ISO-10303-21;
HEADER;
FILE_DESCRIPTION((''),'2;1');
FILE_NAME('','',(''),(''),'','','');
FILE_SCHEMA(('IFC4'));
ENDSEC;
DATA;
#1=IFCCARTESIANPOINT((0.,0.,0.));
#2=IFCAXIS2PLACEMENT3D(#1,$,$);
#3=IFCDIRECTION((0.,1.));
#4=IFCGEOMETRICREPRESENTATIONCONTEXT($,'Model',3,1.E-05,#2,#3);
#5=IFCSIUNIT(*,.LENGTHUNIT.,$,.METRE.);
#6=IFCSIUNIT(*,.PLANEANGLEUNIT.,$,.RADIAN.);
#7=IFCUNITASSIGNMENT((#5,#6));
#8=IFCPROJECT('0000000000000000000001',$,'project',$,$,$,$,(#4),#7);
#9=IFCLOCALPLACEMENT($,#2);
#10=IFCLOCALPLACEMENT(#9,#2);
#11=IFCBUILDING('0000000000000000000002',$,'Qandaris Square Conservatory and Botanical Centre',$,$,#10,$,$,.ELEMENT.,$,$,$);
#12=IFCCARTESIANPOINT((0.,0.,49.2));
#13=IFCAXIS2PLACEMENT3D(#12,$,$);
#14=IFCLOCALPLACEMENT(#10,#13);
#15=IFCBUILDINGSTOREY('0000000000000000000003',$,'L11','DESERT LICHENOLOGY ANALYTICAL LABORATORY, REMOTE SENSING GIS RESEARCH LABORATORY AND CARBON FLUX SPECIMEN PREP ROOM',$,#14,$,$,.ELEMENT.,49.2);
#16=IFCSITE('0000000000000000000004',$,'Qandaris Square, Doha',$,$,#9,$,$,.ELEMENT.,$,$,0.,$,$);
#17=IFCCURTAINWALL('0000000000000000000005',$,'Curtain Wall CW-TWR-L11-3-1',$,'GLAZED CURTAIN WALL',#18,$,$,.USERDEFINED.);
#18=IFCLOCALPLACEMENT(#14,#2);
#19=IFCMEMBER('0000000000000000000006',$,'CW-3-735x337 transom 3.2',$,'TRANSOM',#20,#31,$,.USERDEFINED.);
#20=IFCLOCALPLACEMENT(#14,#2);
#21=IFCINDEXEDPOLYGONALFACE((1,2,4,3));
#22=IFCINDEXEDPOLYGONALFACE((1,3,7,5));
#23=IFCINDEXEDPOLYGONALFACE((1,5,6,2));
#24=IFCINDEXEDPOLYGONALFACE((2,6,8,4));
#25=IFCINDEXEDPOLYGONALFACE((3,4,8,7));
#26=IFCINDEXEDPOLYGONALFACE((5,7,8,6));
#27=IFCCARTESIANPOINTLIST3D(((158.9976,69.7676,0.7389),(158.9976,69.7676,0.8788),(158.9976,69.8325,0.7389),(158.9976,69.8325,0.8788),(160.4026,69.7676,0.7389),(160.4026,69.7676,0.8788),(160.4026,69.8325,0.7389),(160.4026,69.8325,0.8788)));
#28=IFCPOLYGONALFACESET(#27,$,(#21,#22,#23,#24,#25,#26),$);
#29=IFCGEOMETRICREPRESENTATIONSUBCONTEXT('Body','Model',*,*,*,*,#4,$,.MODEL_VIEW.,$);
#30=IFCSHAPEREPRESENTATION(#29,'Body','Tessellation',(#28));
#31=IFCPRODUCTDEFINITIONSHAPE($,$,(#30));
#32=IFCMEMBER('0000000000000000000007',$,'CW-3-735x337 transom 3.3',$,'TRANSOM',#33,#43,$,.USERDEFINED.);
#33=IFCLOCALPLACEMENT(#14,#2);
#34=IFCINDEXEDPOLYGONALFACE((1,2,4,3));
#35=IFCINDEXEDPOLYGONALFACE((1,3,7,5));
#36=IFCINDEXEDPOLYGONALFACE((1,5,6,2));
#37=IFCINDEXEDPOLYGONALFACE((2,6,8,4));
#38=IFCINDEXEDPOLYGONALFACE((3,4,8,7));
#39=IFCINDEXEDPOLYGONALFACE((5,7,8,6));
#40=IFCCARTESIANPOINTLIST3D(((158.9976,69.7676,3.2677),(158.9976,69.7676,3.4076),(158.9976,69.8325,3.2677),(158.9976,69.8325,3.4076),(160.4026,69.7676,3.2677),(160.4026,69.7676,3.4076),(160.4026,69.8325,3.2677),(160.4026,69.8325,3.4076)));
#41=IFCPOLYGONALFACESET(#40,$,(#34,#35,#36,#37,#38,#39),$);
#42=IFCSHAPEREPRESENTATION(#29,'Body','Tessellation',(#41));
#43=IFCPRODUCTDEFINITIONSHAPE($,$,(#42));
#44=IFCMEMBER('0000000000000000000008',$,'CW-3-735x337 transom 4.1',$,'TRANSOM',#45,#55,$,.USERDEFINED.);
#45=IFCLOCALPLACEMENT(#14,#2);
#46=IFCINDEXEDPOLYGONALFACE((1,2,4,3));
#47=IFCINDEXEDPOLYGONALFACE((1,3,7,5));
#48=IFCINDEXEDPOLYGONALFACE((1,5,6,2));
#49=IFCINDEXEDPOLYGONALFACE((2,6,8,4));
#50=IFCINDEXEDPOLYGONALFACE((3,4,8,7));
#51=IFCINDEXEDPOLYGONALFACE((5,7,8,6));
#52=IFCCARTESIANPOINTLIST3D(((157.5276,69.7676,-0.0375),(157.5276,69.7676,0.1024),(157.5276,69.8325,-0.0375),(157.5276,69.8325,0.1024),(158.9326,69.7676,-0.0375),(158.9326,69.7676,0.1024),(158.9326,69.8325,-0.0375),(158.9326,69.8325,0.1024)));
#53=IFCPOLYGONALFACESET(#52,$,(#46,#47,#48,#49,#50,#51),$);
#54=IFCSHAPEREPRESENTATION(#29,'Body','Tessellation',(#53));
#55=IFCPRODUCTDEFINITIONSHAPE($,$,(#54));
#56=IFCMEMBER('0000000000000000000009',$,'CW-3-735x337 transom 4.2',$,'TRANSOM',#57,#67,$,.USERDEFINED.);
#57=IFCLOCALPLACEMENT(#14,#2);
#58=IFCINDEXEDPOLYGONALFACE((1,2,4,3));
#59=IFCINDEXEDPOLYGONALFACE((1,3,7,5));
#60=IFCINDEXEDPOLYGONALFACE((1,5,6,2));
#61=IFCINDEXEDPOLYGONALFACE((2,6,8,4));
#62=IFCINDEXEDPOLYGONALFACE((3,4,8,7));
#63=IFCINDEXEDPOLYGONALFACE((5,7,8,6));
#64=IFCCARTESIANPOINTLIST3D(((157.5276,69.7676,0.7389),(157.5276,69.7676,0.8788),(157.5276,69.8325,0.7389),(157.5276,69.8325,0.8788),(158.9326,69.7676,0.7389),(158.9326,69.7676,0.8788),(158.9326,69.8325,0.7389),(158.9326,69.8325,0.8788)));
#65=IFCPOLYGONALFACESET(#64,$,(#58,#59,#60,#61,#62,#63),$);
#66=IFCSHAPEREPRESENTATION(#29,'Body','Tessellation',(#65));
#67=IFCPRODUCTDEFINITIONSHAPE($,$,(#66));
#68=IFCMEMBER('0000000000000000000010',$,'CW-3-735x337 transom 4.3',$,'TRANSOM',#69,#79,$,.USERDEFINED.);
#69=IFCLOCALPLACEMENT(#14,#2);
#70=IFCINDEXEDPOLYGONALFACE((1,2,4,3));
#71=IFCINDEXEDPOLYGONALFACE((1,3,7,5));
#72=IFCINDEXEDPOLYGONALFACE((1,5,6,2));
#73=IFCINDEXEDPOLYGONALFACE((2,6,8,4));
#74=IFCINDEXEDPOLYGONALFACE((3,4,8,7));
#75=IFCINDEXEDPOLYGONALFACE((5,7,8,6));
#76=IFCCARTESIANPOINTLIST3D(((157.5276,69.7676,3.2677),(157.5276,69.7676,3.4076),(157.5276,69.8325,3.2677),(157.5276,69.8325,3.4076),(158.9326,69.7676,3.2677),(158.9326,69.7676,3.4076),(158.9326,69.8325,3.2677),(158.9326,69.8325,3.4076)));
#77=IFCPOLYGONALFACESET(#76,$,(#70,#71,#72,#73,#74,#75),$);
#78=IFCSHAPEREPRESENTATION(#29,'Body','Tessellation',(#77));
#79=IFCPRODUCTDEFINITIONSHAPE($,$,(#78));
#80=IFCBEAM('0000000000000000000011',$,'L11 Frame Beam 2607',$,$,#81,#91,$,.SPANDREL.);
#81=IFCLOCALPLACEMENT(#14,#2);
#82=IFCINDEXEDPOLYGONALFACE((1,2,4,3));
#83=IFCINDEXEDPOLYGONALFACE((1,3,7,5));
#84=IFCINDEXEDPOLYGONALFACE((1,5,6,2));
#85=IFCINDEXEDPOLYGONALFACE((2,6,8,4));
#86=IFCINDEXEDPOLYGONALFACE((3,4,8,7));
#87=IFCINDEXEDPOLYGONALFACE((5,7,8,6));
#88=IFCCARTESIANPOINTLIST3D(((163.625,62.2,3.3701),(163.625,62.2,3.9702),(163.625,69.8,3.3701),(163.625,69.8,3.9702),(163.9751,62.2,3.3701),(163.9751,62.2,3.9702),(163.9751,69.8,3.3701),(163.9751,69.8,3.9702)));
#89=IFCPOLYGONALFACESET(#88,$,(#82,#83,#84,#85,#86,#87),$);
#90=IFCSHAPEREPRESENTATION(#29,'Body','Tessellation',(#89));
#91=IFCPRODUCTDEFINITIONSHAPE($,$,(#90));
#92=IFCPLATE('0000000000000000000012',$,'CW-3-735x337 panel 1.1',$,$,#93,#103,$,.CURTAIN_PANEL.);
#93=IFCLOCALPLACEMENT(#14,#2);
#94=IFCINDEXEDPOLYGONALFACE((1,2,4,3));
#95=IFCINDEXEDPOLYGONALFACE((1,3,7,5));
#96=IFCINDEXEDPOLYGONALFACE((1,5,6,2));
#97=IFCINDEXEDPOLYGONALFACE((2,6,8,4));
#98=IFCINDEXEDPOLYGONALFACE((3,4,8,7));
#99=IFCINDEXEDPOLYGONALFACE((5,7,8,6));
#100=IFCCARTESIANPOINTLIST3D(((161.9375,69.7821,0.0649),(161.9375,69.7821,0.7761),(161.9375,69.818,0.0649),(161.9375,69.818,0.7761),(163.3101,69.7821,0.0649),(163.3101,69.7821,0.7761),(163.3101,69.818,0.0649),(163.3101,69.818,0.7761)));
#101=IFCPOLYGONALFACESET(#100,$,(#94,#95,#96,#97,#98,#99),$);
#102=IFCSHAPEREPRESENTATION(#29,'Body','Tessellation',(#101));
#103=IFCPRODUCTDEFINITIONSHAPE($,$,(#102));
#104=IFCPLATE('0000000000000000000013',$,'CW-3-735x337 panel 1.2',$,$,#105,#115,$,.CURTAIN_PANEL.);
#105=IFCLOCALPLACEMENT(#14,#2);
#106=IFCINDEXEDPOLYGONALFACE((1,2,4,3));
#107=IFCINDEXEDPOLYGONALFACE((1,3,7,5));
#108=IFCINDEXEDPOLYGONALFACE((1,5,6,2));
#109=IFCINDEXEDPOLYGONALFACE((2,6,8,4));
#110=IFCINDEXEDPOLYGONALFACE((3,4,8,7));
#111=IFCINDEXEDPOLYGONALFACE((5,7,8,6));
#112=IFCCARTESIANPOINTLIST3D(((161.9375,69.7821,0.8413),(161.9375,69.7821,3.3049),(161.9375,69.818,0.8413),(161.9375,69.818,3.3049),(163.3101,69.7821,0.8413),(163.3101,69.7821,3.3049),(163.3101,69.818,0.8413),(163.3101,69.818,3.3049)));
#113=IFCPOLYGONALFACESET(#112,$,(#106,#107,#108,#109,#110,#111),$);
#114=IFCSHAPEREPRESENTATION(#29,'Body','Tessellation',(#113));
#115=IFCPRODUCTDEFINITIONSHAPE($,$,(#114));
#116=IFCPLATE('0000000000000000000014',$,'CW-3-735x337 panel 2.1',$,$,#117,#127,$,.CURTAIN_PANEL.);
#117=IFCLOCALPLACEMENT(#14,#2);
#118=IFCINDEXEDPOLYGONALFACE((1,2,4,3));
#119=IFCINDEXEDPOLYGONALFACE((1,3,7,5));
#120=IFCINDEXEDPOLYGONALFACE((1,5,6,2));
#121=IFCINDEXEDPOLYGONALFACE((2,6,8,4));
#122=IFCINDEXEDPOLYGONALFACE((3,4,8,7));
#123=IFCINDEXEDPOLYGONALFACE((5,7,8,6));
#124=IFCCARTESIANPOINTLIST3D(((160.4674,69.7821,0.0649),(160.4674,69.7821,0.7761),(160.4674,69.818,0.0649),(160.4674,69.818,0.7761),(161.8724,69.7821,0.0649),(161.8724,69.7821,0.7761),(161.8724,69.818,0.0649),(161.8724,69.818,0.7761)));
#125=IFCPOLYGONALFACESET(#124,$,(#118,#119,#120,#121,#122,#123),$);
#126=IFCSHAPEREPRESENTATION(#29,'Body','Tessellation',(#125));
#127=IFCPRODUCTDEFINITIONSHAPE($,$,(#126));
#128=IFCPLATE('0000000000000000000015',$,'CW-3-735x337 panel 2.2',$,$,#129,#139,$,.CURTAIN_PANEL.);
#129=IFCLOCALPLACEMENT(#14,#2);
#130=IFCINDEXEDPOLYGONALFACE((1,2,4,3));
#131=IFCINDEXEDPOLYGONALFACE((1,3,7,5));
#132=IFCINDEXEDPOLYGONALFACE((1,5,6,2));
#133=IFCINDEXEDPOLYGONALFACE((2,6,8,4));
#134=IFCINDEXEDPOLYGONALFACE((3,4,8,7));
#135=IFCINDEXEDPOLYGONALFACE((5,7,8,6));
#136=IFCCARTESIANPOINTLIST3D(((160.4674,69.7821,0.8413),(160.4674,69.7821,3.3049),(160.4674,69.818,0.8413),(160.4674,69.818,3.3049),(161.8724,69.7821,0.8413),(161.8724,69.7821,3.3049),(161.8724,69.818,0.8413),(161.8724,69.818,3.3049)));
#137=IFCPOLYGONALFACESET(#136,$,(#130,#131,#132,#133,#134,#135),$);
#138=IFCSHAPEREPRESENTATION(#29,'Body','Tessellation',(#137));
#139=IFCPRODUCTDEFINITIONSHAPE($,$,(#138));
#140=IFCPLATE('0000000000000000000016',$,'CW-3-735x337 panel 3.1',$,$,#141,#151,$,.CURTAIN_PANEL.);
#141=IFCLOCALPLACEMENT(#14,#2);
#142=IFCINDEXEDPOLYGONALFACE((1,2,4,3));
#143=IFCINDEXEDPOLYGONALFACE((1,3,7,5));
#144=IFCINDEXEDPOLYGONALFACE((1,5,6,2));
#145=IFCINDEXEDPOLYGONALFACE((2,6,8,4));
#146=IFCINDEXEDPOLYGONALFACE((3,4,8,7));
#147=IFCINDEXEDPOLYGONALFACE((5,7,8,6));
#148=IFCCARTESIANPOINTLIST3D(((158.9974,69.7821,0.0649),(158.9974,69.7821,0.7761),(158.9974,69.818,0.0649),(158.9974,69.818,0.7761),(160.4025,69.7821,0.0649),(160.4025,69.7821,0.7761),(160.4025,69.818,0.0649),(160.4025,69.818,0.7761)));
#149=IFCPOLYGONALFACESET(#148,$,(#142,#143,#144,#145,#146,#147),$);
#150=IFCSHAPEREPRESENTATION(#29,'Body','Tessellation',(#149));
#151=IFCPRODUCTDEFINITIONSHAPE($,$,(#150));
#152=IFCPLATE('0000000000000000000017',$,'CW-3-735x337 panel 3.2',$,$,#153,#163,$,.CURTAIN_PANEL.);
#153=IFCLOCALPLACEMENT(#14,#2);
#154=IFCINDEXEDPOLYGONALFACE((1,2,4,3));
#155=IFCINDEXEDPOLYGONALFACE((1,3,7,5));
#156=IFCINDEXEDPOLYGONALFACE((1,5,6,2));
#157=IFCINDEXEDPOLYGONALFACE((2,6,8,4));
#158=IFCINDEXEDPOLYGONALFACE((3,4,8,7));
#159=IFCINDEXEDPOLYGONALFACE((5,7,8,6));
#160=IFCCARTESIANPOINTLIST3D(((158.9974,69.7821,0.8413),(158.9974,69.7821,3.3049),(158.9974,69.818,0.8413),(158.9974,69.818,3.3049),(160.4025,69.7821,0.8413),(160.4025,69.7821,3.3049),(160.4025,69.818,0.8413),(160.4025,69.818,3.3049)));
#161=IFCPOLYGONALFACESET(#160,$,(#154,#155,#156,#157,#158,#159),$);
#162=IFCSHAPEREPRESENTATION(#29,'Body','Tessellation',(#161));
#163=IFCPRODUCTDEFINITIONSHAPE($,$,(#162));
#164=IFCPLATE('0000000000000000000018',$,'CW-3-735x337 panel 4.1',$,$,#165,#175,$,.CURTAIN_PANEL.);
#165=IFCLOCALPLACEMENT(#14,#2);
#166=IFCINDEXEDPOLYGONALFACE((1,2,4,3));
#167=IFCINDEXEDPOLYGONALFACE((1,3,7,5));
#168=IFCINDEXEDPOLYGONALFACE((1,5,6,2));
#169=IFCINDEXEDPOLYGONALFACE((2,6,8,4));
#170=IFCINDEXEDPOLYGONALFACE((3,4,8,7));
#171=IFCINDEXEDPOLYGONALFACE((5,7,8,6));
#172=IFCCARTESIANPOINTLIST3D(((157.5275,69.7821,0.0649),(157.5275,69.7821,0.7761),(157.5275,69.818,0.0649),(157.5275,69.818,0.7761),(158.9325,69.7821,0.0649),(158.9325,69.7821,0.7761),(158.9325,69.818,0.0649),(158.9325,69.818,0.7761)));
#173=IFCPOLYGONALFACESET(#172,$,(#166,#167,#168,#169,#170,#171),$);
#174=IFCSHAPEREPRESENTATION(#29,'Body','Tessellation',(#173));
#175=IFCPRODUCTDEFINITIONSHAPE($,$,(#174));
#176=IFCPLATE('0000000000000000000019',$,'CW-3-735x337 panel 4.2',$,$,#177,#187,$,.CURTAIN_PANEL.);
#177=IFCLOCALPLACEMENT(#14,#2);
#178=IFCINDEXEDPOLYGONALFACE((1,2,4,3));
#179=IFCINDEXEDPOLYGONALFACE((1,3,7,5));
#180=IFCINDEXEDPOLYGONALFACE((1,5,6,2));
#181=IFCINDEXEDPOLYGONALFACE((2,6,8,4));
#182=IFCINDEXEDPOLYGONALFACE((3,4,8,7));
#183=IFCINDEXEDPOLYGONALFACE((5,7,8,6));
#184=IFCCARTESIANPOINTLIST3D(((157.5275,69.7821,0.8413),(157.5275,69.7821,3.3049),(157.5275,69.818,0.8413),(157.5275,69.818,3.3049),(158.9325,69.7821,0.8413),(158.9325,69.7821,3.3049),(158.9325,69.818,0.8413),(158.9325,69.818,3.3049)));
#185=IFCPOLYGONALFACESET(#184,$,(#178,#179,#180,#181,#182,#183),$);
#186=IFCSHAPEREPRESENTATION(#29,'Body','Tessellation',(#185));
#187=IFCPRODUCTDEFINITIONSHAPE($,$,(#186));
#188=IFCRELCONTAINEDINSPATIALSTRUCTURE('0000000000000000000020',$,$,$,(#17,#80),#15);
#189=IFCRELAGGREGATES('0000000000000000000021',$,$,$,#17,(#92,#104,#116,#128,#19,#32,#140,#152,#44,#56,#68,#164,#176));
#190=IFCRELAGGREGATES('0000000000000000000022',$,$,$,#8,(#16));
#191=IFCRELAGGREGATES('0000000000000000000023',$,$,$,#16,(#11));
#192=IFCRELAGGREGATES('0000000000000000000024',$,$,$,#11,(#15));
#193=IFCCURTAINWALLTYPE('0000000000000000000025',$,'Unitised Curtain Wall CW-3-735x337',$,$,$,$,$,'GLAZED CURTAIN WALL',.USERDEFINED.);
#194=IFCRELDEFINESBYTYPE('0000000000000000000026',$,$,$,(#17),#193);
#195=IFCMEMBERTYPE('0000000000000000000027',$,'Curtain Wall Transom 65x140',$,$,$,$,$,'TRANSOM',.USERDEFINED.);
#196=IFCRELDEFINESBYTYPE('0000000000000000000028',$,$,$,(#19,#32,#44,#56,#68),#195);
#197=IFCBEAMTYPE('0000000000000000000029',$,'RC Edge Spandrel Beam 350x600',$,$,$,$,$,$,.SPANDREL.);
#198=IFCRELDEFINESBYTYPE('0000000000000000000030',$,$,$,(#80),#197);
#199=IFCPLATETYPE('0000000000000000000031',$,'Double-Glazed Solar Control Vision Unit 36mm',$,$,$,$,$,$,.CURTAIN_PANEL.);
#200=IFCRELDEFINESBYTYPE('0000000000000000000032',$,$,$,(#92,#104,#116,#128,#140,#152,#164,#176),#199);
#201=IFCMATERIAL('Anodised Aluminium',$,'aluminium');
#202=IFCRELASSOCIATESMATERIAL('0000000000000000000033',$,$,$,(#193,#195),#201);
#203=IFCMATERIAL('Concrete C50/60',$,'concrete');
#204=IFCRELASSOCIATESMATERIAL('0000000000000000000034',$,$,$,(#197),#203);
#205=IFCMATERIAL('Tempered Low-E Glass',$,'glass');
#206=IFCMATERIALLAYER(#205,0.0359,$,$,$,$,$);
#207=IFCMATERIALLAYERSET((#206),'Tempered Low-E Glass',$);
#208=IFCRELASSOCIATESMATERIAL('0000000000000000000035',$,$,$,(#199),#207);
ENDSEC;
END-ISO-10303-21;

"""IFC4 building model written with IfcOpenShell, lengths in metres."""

from ifc_helpers import new_model, si_unit, direction, frame, origin, origin_2d, place, context, subcontext, project, spatial, rectangle, extrude, material, layer, layer_set, material_profile, profile_set, type_object, element, aggregate, save


model = new_model("IFC4")

# Units and contexts
model_context = context("Model", 3, precision=1e-05, world=origin(), true_north=direction((0.0, 1.0)))
body_context = subcontext(model_context, "Body", "Model", "MODEL_VIEW")
ifc_project = project(units=[si_unit("LENGTHUNIT", "METRE"), si_unit("PLANEANGLEUNIT", "RADIAN")], contexts=[model_context])

# Site, building, storey
site_placement = place(None, origin())
site = spatial("IfcSite", under=ifc_project, at=site_placement, Name="Qandaris Square, Doha", CompositionType="ELEMENT", RefElevation=0.0)
building_placement = place(site_placement, origin())
building = spatial("IfcBuilding", under=site, at=building_placement, Name="Qandaris Square Conservatory and Botanical Centre", CompositionType="ELEMENT")
storey_placement = place(building_placement, frame((0.0, 0.0, 49.2)))
storey = spatial("IfcBuildingStorey", under=building, at=storey_placement, Name="L11", Description="DESERT LICHENOLOGY ANALYTICAL LABORATORY, REMOTE SENSING GIS RESEARCH LABORATORY AND CARBON FLUX SPECIMEN PREP ROOM", CompositionType="ELEMENT", Elevation=49.2)

# Shared definitions
ifc_material_1 = material(Name="Concrete C50/60", Category="concrete")

# Curtain wall, members
ifc_material_2 = material(Name="Anodised Aluminium", Category="aluminium")
curtain_wall_type = type_object("IfcCurtainWallType", Name="Unitised Curtain Wall CW-3-735x337", ElementType="GLAZED CURTAIN WALL", PredefinedType="USERDEFINED", material=ifc_material_2)
curtain_wall_placement = place(storey_placement, origin())
curtain_wall = element("IfcCurtainWall", 1, at=curtain_wall_placement, inside=storey, type_object=curtain_wall_type, Name="Curtain Wall CW-TWR-L11-3-1", ObjectType="GLAZED CURTAIN WALL", PredefinedType="USERDEFINED")
ifc_material_profile_1 = material_profile(ifc_material_2, rectangle(XDim=0.0649, YDim=0.1399, at=origin_2d()), Name="ALU-TRN 65x140")
ifc_profile_set_1 = profile_set([ifc_material_profile_1], Name="Anodised Aluminium")
member_type_1 = type_object("IfcMemberType", Name="Curtain Wall Transom 65x140", ElementType="TRANSOM", PredefinedType="USERDEFINED", material=ifc_profile_set_1)
member_1_placement = place(storey_placement, frame((160.4026, 69.8, 0.8088), z_axis=(-1.0, 0.0, 0.0), x_axis=(0.0, -1.0, 0.0)))
member_1 = element("IfcMember", 2, at=member_1_placement, type_object=member_type_1, Name="CW-3-735x337 transom 3.2", ObjectType="TRANSOM", PredefinedType="USERDEFINED", context=body_context, shape_type="SweptSolid", body=[
    extrude(rectangle(XDim=0.0649, YDim=0.1399, at=origin_2d()), origin(), (0.0, 0.0, 1.0), 1.405),
])
member_2_placement = place(storey_placement, frame((160.4026, 69.8, 3.3376), z_axis=(-1.0, 0.0, 0.0), x_axis=(0.0, -1.0, 0.0)))
member_2 = element("IfcMember", 3, at=member_2_placement, type_object=member_type_1, Name="CW-3-735x337 transom 3.3", ObjectType="TRANSOM", PredefinedType="USERDEFINED", context=body_context, shape_type="SweptSolid", body=[
    extrude(rectangle(XDim=0.0649, YDim=0.1399, at=origin_2d()), origin(), (0.0, 0.0, 1.0), 1.405),
])
member_3_placement = place(storey_placement, frame((158.9326, 69.8, 0.0325), z_axis=(-1.0, 0.0, 0.0), x_axis=(0.0, -1.0, 0.0)))
member_3 = element("IfcMember", 4, at=member_3_placement, type_object=member_type_1, Name="CW-3-735x337 transom 4.1", ObjectType="TRANSOM", PredefinedType="USERDEFINED", context=body_context, shape_type="SweptSolid", body=[
    extrude(rectangle(XDim=0.0649, YDim=0.1399, at=origin_2d()), origin(), (0.0, 0.0, 1.0), 1.405),
])
member_4_placement = place(storey_placement, frame((158.9326, 69.8, 0.8088), z_axis=(-1.0, 0.0, 0.0), x_axis=(0.0, -1.0, 0.0)))
member_4 = element("IfcMember", 5, at=member_4_placement, type_object=member_type_1, Name="CW-3-735x337 transom 4.2", ObjectType="TRANSOM", PredefinedType="USERDEFINED", context=body_context, shape_type="SweptSolid", body=[
    extrude(rectangle(XDim=0.0649, YDim=0.1399, at=origin_2d()), origin(), (0.0, 0.0, 1.0), 1.405),
])
member_5_placement = place(storey_placement, frame((158.9326, 69.8, 3.3376), z_axis=(-1.0, 0.0, 0.0), x_axis=(0.0, -1.0, 0.0)))
member_5 = element("IfcMember", 6, at=member_5_placement, type_object=member_type_1, Name="CW-3-735x337 transom 4.3", ObjectType="TRANSOM", PredefinedType="USERDEFINED", context=body_context, shape_type="SweptSolid", body=[
    extrude(rectangle(XDim=0.0649, YDim=0.1399, at=origin_2d()), origin(), (0.0, 0.0, 1.0), 1.405),
])

# Beam
ifc_material_profile_2 = material_profile(ifc_material_1, rectangle(XDim=0.3501, YDim=0.6001, at=origin_2d()), Name="RC-SP 350x600")
ifc_profile_set_2 = profile_set([ifc_material_profile_2], Name="Concrete C50/60")
beam_type = type_object("IfcBeamType", Name="RC Edge Spandrel Beam 350x600", PredefinedType="SPANDREL", material=ifc_profile_set_2)
beam_placement = place(storey_placement, frame((163.8, 62.2, 3.6702), z_axis=(0.0, 1.0, 0.0), x_axis=(-1.0, 0.0, 0.0)))
element("IfcBeam", 7, at=beam_placement, inside=storey, type_object=beam_type, Name="L11 Frame Beam 2607", PredefinedType="SPANDREL", context=body_context, shape_type="SweptSolid", body=[
    extrude(rectangle(XDim=0.3501, YDim=0.6001, at=origin_2d()), origin(), (0.0, 0.0, 1.0), 7.6001),
])

# Plates
ifc_material_3 = material(Name="Tempered Low-E Glass", Category="glass")
ifc_layer_1 = layer(ifc_material_3, 0.0359)
ifc_layer_set_1 = layer_set([ifc_layer_1], Name="Tempered Low-E Glass")
plate_type = type_object("IfcPlateType", Name="Double-Glazed Solar Control Vision Unit 36mm", PredefinedType="CURTAIN_PANEL", material=ifc_layer_set_1)
plate_1_placement = place(storey_placement, frame((162.6238, 69.8, 0.0649), z_axis=(0.0, 0.0, 1.0), x_axis=(-1.0, 0.0, 0.0)))
plate_1 = element("IfcPlate", 8, at=plate_1_placement, type_object=plate_type, Name="CW-3-735x337 panel 1.1", PredefinedType="CURTAIN_PANEL", context=body_context, shape_type="SweptSolid", body=[
    extrude(rectangle(XDim=1.3726, YDim=0.0359, at=origin_2d()), origin(), (0.0, 0.0, 1.0), 0.7112),
])
plate_2_placement = place(storey_placement, frame((162.6238, 69.8, 0.8413), z_axis=(0.0, 0.0, 1.0), x_axis=(-1.0, 0.0, 0.0)))
plate_2 = element("IfcPlate", 9, at=plate_2_placement, type_object=plate_type, Name="CW-3-735x337 panel 1.2", PredefinedType="CURTAIN_PANEL", context=body_context, shape_type="SweptSolid", body=[
    extrude(rectangle(XDim=1.3726, YDim=0.0359, at=origin_2d()), origin(), (0.0, 0.0, 1.0), 2.4636),
])
plate_3_placement = place(storey_placement, frame((161.1699, 69.8, 0.0649), z_axis=(0.0, 0.0, 1.0), x_axis=(-1.0, 0.0, 0.0)))
plate_3 = element("IfcPlate", 10, at=plate_3_placement, type_object=plate_type, Name="CW-3-735x337 panel 2.1", PredefinedType="CURTAIN_PANEL", context=body_context, shape_type="SweptSolid", body=[
    extrude(rectangle(XDim=1.405, YDim=0.0359, at=origin_2d()), origin(), (0.0, 0.0, 1.0), 0.7112),
])
plate_4_placement = place(storey_placement, frame((161.1699, 69.8, 0.8413), z_axis=(0.0, 0.0, 1.0), x_axis=(-1.0, 0.0, 0.0)))
plate_4 = element("IfcPlate", 11, at=plate_4_placement, type_object=plate_type, Name="CW-3-735x337 panel 2.2", PredefinedType="CURTAIN_PANEL", context=body_context, shape_type="SweptSolid", body=[
    extrude(rectangle(XDim=1.405, YDim=0.0359, at=origin_2d()), origin(), (0.0, 0.0, 1.0), 2.4636),
])
plate_5_placement = place(storey_placement, frame((159.7, 69.8, 0.0649), z_axis=(0.0, 0.0, 1.0), x_axis=(-1.0, 0.0, 0.0)))
plate_5 = element("IfcPlate", 12, at=plate_5_placement, type_object=plate_type, Name="CW-3-735x337 panel 3.1", PredefinedType="CURTAIN_PANEL", context=body_context, shape_type="SweptSolid", body=[
    extrude(rectangle(XDim=1.405, YDim=0.0359, at=origin_2d()), origin(), (0.0, 0.0, 1.0), 0.7112),
])
plate_6_placement = place(storey_placement, frame((159.7, 69.8, 0.8413), z_axis=(0.0, 0.0, 1.0), x_axis=(-1.0, 0.0, 0.0)))
plate_6 = element("IfcPlate", 13, at=plate_6_placement, type_object=plate_type, Name="CW-3-735x337 panel 3.2", PredefinedType="CURTAIN_PANEL", context=body_context, shape_type="SweptSolid", body=[
    extrude(rectangle(XDim=1.405, YDim=0.0359, at=origin_2d()), origin(), (0.0, 0.0, 1.0), 2.4636),
])
plate_7_placement = place(storey_placement, frame((158.23, 69.8, 0.0649), z_axis=(0.0, 0.0, 1.0), x_axis=(-1.0, 0.0, 0.0)))
plate_7 = element("IfcPlate", 14, at=plate_7_placement, type_object=plate_type, Name="CW-3-735x337 panel 4.1", PredefinedType="CURTAIN_PANEL", context=body_context, shape_type="SweptSolid", body=[
    extrude(rectangle(XDim=1.405, YDim=0.0359, at=origin_2d()), origin(), (0.0, 0.0, 1.0), 0.7112),
])
plate_8_placement = place(storey_placement, frame((158.23, 69.8, 0.8413), z_axis=(0.0, 0.0, 1.0), x_axis=(-1.0, 0.0, 0.0)))
plate_8 = element("IfcPlate", 15, at=plate_8_placement, type_object=plate_type, Name="CW-3-735x337 panel 4.2", PredefinedType="CURTAIN_PANEL", context=body_context, shape_type="SweptSolid", body=[
    extrude(rectangle(XDim=1.405, YDim=0.0359, at=origin_2d()), origin(), (0.0, 0.0, 1.0), 2.4636),
])
aggregate(curtain_wall, [plate_1, plate_2, plate_3, plate_4, member_1, member_2, plate_5, plate_6, member_3, member_4, member_5, plate_7, plate_8])

save(model, "model.ifc")
